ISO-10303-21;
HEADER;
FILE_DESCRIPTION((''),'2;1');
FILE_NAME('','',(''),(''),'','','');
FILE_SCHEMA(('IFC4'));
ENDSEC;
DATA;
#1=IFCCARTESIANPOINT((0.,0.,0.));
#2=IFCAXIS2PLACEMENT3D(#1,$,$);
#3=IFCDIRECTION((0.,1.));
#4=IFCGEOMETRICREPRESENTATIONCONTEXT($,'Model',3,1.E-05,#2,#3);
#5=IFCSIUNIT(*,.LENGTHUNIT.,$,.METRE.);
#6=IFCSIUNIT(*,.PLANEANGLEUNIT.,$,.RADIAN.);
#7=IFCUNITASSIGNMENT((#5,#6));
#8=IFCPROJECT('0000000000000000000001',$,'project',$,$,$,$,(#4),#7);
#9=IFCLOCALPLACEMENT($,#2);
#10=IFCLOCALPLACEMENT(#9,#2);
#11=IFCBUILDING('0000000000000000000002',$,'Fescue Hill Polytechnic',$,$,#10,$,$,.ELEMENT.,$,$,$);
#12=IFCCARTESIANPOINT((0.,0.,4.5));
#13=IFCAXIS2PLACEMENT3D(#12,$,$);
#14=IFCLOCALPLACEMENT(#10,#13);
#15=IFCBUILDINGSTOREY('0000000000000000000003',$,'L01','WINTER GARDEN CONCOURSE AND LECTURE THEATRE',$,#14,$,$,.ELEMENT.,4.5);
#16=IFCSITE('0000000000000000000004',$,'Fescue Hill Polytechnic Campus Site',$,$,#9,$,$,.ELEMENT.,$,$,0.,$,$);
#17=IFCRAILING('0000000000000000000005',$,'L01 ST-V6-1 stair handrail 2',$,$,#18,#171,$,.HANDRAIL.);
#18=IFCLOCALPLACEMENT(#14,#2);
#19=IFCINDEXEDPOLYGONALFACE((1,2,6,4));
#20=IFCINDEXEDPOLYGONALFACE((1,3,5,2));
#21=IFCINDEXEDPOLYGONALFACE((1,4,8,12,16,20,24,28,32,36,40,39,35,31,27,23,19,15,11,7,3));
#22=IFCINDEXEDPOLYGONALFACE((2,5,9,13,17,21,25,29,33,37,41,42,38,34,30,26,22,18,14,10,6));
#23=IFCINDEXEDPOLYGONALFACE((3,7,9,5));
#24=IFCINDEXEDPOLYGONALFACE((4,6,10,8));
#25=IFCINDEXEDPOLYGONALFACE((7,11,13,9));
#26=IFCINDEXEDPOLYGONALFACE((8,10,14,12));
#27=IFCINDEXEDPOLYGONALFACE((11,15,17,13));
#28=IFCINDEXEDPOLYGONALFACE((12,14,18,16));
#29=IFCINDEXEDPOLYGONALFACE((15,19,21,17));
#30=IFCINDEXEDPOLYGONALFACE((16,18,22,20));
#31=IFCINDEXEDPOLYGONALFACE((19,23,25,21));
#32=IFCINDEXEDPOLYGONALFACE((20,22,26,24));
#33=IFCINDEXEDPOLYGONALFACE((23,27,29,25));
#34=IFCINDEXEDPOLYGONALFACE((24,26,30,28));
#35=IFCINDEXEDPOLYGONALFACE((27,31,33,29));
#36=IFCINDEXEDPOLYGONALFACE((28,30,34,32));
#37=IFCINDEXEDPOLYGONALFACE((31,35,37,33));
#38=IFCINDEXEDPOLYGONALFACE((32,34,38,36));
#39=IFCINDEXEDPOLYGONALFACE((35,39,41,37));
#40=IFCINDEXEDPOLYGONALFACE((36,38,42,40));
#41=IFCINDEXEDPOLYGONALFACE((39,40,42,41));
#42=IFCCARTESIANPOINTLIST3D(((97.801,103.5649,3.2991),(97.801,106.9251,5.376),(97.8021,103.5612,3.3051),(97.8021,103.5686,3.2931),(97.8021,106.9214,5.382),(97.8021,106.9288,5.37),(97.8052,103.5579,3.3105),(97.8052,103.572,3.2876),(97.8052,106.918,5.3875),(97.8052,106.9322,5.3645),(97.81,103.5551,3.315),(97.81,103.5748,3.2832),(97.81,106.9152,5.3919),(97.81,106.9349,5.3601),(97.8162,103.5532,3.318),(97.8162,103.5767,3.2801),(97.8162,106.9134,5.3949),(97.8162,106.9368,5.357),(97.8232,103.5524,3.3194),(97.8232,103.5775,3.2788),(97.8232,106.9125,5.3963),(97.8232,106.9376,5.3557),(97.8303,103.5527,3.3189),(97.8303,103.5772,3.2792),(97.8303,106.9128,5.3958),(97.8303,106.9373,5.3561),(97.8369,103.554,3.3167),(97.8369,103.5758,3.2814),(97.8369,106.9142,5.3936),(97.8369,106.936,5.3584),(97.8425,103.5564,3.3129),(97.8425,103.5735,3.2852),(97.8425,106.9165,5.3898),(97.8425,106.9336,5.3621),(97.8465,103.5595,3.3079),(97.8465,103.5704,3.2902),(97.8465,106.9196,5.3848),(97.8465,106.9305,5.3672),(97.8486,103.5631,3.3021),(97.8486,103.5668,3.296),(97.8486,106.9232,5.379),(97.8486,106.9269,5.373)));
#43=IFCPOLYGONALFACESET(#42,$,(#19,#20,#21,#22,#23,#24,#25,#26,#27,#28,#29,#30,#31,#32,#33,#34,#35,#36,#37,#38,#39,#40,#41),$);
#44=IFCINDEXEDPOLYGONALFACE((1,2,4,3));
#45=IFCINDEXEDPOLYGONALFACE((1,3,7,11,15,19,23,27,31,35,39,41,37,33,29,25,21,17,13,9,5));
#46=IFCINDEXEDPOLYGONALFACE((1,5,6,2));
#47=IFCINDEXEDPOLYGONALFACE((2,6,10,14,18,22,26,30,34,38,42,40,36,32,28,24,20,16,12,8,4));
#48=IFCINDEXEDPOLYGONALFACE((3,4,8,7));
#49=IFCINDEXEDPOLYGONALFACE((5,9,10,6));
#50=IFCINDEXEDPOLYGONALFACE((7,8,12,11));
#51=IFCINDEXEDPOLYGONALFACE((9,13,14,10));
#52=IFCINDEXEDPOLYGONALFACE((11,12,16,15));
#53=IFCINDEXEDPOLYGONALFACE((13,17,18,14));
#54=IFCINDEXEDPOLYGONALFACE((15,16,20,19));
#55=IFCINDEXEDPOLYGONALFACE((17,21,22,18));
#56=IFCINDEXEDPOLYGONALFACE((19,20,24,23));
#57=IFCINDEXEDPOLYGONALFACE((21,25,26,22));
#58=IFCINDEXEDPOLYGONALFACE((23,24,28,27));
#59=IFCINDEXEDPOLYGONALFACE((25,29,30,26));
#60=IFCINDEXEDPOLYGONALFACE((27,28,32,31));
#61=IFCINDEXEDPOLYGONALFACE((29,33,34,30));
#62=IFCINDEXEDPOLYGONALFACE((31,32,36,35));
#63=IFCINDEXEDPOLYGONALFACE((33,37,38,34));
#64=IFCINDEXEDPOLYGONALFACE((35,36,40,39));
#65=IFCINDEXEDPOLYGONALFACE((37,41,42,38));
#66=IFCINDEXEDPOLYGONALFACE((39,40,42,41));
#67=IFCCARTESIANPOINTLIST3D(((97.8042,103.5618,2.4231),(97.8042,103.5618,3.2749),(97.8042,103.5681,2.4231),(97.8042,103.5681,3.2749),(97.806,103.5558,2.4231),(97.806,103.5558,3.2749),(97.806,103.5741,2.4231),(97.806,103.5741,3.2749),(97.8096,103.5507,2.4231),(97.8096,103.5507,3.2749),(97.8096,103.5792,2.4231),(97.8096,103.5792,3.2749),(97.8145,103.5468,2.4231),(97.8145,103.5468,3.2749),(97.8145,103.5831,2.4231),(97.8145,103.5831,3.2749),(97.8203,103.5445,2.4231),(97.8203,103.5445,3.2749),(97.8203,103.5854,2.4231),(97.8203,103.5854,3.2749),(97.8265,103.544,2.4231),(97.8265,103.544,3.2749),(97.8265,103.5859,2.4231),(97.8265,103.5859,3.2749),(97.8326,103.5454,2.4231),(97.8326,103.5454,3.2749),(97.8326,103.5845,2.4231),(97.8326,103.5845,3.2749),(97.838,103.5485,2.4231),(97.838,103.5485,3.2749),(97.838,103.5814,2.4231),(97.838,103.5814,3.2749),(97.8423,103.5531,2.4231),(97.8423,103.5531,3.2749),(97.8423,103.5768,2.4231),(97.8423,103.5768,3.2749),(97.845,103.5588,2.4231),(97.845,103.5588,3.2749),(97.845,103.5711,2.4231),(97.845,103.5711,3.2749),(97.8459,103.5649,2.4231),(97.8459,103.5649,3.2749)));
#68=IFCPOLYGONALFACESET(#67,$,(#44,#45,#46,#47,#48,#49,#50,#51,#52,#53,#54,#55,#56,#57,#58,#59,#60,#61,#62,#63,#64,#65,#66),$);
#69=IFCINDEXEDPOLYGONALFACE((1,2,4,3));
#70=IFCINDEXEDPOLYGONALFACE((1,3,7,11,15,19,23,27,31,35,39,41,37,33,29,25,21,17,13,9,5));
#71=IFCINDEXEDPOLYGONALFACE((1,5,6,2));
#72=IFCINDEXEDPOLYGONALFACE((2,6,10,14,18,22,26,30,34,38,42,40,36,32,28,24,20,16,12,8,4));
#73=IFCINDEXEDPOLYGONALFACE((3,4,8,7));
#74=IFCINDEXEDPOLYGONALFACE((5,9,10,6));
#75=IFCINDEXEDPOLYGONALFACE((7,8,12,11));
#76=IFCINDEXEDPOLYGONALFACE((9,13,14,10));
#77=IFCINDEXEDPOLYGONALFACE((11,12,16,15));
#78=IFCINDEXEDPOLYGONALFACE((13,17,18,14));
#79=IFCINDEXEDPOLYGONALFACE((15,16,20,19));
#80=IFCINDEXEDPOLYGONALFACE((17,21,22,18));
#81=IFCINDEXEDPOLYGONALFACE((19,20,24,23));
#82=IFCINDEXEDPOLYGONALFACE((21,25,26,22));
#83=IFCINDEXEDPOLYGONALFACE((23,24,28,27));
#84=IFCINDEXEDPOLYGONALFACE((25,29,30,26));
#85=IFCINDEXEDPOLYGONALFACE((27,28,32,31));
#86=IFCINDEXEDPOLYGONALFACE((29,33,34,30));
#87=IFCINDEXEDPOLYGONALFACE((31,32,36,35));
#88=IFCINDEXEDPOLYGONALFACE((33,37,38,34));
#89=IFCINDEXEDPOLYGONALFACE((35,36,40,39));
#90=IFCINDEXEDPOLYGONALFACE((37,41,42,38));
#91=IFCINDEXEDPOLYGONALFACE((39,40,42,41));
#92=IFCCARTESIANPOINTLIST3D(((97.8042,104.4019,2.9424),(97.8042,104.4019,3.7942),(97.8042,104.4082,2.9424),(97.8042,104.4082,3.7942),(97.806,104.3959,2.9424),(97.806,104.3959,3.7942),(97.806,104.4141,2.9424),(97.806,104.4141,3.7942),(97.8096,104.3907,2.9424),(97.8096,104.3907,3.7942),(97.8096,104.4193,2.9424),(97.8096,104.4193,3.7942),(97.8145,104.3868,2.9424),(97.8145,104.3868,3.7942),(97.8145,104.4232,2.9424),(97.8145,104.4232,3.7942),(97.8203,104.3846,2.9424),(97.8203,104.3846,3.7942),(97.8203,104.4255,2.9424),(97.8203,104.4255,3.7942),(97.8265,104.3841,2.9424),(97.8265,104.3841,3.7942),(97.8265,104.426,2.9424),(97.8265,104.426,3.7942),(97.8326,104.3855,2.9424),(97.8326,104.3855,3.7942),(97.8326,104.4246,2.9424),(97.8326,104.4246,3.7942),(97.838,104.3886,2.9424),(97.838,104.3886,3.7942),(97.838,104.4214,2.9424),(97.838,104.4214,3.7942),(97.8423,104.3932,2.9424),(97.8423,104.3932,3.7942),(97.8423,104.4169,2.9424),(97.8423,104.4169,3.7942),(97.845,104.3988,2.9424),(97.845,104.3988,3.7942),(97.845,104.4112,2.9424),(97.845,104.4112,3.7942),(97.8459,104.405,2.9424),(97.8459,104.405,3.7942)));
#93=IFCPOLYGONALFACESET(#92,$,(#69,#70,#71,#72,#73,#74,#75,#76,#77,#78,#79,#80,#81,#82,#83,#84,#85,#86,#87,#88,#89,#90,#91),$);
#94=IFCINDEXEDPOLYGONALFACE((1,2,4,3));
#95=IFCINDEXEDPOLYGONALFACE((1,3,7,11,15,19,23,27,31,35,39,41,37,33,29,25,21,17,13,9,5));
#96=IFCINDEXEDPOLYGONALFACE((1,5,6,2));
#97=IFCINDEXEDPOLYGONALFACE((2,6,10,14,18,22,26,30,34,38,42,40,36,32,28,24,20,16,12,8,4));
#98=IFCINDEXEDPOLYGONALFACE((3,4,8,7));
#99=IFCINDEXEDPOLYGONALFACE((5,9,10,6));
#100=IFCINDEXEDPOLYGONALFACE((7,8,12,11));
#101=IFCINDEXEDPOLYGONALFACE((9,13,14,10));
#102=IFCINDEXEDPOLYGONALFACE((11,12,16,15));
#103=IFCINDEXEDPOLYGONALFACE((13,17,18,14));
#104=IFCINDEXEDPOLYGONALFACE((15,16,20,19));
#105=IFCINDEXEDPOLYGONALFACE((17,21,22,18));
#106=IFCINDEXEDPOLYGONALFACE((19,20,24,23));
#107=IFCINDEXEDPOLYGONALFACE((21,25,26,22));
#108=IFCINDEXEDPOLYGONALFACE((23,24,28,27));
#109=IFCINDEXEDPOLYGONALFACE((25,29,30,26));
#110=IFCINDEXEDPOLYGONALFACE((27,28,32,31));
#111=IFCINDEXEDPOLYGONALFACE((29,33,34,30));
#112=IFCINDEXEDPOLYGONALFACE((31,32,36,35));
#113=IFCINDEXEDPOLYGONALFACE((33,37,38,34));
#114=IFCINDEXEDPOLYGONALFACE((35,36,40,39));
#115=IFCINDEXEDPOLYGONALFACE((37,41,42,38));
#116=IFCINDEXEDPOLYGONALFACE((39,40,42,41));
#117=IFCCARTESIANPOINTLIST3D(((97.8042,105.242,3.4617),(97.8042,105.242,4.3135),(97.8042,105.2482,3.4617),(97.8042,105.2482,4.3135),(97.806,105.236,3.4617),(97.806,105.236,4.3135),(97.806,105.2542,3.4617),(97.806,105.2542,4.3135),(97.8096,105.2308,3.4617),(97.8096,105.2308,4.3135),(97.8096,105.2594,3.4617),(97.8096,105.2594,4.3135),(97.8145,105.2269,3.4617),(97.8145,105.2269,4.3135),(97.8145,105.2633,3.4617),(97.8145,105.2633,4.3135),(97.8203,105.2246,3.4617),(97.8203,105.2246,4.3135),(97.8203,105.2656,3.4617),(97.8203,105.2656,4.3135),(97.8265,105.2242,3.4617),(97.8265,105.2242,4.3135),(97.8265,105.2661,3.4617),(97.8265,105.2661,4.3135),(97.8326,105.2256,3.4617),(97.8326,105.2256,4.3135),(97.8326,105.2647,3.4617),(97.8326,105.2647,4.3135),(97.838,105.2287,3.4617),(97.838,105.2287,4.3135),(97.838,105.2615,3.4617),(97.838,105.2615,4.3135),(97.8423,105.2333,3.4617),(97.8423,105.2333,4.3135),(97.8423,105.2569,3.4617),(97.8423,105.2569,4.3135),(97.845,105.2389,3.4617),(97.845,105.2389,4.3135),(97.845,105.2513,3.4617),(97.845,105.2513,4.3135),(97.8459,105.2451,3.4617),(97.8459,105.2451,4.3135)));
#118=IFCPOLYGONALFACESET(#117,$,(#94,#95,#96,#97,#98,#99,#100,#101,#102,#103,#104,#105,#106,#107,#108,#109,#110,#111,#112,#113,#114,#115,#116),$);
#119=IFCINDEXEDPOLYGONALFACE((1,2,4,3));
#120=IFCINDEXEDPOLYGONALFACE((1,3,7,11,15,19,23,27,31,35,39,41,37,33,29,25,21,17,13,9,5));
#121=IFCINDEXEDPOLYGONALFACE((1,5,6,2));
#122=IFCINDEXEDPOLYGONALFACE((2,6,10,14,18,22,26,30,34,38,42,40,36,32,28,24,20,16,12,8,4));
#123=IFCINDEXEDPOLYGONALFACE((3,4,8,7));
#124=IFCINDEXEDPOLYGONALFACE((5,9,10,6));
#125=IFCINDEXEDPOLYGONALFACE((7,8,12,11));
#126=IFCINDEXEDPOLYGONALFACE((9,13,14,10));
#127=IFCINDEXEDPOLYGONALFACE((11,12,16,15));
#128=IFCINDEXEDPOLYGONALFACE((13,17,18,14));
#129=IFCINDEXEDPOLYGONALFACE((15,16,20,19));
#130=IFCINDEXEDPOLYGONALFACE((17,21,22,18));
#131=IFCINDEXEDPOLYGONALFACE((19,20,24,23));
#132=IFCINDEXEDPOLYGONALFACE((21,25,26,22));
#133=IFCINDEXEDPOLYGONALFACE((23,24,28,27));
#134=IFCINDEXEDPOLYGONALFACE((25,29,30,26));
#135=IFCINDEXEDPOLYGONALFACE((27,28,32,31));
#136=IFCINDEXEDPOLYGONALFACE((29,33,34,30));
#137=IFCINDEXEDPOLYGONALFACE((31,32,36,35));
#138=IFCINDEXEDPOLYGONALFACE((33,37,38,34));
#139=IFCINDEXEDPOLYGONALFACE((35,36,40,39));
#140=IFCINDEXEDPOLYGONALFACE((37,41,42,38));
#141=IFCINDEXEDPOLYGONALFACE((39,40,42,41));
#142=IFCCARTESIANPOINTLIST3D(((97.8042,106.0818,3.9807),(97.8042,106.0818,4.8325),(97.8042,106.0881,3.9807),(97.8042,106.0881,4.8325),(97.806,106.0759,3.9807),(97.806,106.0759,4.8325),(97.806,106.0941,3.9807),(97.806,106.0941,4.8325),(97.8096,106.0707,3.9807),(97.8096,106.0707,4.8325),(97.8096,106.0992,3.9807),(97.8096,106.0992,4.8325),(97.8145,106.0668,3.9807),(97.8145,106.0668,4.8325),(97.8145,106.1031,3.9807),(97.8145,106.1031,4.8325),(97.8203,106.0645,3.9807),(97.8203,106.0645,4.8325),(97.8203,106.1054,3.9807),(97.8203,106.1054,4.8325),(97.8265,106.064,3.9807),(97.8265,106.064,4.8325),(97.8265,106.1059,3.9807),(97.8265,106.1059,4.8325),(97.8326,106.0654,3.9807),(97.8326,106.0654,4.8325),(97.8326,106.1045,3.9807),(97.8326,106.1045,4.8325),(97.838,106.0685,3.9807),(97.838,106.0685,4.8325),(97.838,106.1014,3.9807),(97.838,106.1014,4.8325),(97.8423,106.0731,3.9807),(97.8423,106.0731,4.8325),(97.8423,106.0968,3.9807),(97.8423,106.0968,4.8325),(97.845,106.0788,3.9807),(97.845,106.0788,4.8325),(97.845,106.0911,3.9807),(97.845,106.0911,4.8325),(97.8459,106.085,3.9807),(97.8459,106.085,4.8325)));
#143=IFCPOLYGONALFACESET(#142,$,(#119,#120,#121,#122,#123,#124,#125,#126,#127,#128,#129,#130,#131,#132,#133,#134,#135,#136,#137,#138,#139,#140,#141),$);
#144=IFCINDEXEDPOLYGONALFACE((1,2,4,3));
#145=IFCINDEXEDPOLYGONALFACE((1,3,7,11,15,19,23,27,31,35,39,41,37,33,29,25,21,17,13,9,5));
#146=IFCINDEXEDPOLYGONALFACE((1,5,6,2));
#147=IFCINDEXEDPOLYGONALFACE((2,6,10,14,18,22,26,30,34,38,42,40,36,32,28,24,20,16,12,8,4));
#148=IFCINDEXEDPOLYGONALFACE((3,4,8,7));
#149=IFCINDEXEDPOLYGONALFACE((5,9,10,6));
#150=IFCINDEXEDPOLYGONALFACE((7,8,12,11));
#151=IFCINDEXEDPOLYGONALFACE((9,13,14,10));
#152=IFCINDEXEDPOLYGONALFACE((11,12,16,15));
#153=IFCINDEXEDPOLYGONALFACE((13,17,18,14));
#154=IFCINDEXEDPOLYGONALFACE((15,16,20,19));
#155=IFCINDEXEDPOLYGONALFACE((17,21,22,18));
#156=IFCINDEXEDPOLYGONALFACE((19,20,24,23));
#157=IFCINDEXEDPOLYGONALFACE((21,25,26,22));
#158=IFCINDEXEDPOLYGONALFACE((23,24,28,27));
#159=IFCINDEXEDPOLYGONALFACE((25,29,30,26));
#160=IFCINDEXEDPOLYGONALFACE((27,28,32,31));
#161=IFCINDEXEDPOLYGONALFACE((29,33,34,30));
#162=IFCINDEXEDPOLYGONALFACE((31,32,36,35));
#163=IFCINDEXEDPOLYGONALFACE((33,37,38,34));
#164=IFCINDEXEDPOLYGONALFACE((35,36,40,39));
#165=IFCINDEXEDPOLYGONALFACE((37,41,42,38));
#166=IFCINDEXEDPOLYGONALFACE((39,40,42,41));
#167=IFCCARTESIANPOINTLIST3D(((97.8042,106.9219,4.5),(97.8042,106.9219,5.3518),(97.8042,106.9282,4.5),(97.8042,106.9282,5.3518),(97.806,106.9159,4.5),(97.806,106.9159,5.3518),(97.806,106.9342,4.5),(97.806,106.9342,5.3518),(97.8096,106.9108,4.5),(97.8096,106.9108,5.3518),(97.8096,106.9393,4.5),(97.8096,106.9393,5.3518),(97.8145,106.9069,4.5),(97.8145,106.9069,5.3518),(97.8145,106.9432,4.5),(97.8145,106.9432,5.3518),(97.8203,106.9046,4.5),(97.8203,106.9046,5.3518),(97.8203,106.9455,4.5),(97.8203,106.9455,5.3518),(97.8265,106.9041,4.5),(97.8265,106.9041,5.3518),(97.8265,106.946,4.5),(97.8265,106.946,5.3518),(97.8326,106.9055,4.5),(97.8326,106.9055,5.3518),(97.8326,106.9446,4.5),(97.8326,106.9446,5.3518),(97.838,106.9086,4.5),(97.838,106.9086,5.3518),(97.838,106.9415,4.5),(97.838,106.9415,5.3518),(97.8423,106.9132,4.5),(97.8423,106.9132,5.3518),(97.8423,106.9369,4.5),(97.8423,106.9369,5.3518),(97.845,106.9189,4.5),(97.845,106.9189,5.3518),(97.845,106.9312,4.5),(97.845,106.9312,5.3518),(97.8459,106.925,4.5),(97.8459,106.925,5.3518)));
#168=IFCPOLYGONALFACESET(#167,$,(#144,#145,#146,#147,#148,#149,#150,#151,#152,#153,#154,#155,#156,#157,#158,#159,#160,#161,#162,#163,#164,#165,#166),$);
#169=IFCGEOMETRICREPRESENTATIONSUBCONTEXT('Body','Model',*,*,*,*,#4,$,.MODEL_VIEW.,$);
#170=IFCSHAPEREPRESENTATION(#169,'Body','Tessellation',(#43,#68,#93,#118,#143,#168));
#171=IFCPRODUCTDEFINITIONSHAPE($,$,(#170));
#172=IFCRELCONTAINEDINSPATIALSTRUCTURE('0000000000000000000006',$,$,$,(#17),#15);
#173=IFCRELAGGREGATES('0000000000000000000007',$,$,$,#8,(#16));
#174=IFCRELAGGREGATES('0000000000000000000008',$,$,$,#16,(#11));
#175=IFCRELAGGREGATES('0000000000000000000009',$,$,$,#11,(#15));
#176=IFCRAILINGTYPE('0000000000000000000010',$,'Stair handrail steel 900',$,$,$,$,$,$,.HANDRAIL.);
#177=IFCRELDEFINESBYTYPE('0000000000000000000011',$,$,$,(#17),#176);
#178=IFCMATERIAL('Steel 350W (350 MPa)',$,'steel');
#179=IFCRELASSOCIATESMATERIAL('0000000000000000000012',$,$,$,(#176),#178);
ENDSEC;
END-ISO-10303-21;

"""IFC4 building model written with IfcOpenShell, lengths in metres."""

from ifc_helpers import new_model, si_unit, direction, frame, origin, origin_2d, place, context, subcontext, project, spatial, circle, extrude, material, type_object, element, save


model = new_model("IFC4")

# Units and contexts
model_context = context("Model", 3, precision=1e-05, world=origin(), true_north=direction((0.0, 1.0)))
body_context = subcontext(model_context, "Body", "Model", "MODEL_VIEW")
ifc_project = project(units=[si_unit("LENGTHUNIT", "METRE"), si_unit("PLANEANGLEUNIT", "RADIAN")], contexts=[model_context])

# Site, building, storey
site_placement = place(None, origin())
site = spatial("IfcSite", under=ifc_project, at=site_placement, Name="Fescue Hill Polytechnic Campus Site", CompositionType="ELEMENT", RefElevation=0.0)
building_placement = place(site_placement, origin())
building = spatial("IfcBuilding", under=site, at=building_placement, Name="Fescue Hill Polytechnic", CompositionType="ELEMENT")
storey_placement = place(building_placement, frame((0.0, 0.0, 4.5)))
storey = spatial("IfcBuildingStorey", under=building, at=storey_placement, Name="L01", Description="WINTER GARDEN CONCOURSE AND LECTURE THEATRE", CompositionType="ELEMENT", Elevation=4.5)

# Railing
ifc_material_1 = material(Name="Steel 350W (350 MPa)", Category="steel")
railing_type_1 = type_object("IfcRailingType", Name="Stair handrail steel 900", PredefinedType="HANDRAIL", material=ifc_material_1)
for number, where, name in (
    (1, (97.825, 103.5649, 2.4231), "L01 ST-V6-1 stair handrail 2"),
):
    element("IfcRailing", number, at=place(storey_placement, frame(where)), inside=storey, type_object=railing_type_1, Name=name, PredefinedType="HANDRAIL", context=body_context, shape_type="SweptSolid", body=[
        extrude(circle(Radius=0.0239, at=origin_2d()), frame((0.0, 0.0, 0.876), z_axis=(0.0, 0.850623, 0.525776), x_axis=(-1.0, 0.0, 0.0)), (0.0, 0.0, 1.0), 3.9502),
        extrude(circle(Radius=0.021, at=origin_2d()), origin(), (0.0, 0.0, 1.0), 0.8518),
        extrude(circle(Radius=0.021, at=origin_2d()), frame((0.0, 0.8401, 0.5193)), (0.0, 0.0, 1.0), 0.8518),
        extrude(circle(Radius=0.021, at=origin_2d()), frame((0.0, 1.6802, 1.0386)), (0.0, 0.0, 1.0), 0.8518),
        extrude(circle(Radius=0.021, at=origin_2d()), frame((0.0, 2.52, 1.5576)), (0.0, 0.0, 1.0), 0.8518),
        extrude(circle(Radius=0.021, at=origin_2d()), frame((0.0, 3.3601, 2.0769)), (0.0, 0.0, 1.0), 0.8518),
    ])

save(model, "model.ifc")
